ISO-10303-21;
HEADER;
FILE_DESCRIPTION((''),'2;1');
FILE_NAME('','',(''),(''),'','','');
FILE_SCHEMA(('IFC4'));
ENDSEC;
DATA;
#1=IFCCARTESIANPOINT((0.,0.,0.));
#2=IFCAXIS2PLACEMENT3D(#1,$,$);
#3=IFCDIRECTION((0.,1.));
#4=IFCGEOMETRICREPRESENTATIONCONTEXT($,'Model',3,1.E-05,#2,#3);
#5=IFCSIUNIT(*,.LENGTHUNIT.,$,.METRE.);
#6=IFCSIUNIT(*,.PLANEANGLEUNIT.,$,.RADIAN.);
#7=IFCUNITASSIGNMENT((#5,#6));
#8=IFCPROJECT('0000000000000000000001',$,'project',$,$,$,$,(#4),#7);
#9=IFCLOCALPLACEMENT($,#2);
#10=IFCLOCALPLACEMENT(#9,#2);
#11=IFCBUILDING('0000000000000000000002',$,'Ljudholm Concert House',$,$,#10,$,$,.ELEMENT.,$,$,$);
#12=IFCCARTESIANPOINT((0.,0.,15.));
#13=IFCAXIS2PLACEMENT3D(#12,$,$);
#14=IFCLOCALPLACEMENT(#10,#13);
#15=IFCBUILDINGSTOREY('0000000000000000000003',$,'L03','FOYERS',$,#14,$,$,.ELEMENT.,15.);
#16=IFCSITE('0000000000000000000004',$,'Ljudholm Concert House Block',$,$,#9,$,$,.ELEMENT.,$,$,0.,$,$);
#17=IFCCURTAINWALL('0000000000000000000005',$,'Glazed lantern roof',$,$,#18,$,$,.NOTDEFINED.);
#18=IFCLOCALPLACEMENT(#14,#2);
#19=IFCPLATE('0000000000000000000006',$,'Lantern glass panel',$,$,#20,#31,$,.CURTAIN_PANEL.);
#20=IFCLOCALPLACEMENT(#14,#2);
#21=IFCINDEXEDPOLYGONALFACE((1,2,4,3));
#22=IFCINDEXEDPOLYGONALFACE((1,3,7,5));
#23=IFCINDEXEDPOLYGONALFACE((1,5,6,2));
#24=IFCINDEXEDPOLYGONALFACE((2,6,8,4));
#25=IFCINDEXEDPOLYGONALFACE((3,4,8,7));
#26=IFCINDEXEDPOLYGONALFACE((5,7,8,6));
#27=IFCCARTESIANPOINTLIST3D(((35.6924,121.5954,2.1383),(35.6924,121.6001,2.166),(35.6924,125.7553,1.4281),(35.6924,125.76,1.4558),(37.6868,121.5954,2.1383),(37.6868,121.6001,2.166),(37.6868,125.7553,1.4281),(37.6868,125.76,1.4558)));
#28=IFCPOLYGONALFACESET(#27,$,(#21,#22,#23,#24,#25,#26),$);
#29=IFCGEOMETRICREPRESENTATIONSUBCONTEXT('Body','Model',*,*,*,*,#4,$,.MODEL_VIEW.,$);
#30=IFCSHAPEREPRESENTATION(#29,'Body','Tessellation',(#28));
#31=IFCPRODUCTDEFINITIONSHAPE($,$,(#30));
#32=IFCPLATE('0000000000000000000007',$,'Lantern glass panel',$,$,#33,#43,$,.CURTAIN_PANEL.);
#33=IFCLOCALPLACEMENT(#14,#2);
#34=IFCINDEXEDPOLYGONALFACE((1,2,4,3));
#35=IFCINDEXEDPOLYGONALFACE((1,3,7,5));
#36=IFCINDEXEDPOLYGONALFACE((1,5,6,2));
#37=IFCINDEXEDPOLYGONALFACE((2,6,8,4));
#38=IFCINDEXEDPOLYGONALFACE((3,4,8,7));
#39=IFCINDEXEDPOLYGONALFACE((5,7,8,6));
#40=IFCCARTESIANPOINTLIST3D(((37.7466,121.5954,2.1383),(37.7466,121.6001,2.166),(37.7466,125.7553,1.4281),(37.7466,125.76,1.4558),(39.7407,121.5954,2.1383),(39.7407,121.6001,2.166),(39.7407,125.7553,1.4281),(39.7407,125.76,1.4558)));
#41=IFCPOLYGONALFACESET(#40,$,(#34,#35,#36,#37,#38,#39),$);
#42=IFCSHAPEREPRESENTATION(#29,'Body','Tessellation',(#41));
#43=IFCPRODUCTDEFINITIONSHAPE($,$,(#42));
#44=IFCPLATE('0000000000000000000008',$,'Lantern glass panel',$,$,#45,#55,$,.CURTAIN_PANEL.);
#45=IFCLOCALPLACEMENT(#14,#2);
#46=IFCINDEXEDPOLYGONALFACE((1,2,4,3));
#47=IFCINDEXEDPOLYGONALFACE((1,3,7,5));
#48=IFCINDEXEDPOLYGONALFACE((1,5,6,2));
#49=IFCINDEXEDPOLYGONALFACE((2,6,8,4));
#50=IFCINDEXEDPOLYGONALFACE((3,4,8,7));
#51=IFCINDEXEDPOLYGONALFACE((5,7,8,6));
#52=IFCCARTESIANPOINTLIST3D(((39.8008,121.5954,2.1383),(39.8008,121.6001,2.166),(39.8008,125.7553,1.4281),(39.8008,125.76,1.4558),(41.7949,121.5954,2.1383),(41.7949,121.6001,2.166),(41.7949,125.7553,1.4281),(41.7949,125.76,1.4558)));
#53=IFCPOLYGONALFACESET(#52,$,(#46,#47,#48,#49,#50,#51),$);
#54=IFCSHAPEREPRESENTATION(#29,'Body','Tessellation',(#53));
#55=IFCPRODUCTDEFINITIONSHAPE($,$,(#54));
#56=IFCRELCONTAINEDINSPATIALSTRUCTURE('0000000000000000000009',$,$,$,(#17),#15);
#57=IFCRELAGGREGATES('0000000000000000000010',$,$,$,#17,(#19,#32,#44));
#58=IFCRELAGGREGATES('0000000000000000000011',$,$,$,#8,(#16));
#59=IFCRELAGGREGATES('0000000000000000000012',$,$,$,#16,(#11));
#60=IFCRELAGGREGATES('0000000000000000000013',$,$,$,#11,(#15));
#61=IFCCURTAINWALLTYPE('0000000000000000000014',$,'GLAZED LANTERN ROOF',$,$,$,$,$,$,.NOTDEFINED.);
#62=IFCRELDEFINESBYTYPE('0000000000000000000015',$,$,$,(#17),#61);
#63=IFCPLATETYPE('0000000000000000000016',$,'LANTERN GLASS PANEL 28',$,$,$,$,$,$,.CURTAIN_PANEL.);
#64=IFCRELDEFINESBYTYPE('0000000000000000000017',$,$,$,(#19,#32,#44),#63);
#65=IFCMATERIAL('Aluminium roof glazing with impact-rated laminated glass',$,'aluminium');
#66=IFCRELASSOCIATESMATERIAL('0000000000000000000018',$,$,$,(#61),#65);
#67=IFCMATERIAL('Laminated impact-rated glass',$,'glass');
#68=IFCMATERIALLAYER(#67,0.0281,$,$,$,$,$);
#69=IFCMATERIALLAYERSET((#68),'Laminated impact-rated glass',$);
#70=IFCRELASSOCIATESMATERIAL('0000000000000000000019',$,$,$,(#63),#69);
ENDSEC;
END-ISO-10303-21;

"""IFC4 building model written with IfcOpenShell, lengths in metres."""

from ifc_helpers import new_model, si_unit, direction, frame, origin, place, context, subcontext, project, spatial, polyline, outline, extrude, material, layer, layer_set, type_object, element, aggregate, save


model = new_model("IFC4")

# Units and contexts
model_context = context("Model", 3, precision=1e-05, world=origin(), true_north=direction((0.0, 1.0)))
body_context = subcontext(model_context, "Body", "Model", "MODEL_VIEW")
ifc_project = project(units=[si_unit("LENGTHUNIT", "METRE"), si_unit("PLANEANGLEUNIT", "RADIAN")], contexts=[model_context])

# Site, building, storey
site_placement = place(None, origin())
site = spatial("IfcSite", under=ifc_project, at=site_placement, Name="Ljudholm Concert House Block", CompositionType="ELEMENT", RefElevation=0.0)
building_placement = place(site_placement, origin())
building = spatial("IfcBuilding", under=site, at=building_placement, Name="Ljudholm Concert House", CompositionType="ELEMENT")
storey_placement = place(building_placement, frame((0.0, 0.0, 15.0)))
storey = spatial("IfcBuildingStorey", under=building, at=storey_placement, Name="L03", Description="FOYERS", CompositionType="ELEMENT", Elevation=15.0)

# Curtain wall
ifc_material_1 = material(Name="Aluminium roof glazing with impact-rated laminated glass", Category="aluminium")
curtain_wall_type = type_object("IfcCurtainWallType", Name="GLAZED LANTERN ROOF", PredefinedType="NOTDEFINED", material=ifc_material_1)
curtain_wall_placement = place(storey_placement, origin())
curtain_wall = element("IfcCurtainWall", 1, at=curtain_wall_placement, inside=storey, type_object=curtain_wall_type, Name="Glazed lantern roof", PredefinedType="NOTDEFINED")

# Plates
ifc_material_2 = material(Name="Laminated impact-rated glass", Category="glass")
ifc_layer = layer(ifc_material_2, 0.0281)
ifc_layer_set = layer_set([ifc_layer], Name="Laminated impact-rated glass")
plate_type = type_object("IfcPlateType", Name="LANTERN GLASS PANEL 28", PredefinedType="CURTAIN_PANEL", material=ifc_layer_set)
plate_1_placement = place(storey_placement, frame((35.6924, 121.6001, 2.166), z_axis=(0.0, 0.168291, 0.985737), x_axis=(1.0, 0.0, 0.0)))
plate_1 = element("IfcPlate", 2, at=plate_1_placement, type_object=plate_type, Name="Lantern glass panel", PredefinedType="CURTAIN_PANEL", context=body_context, shape_type="SweptSolid", body=[
    extrude(outline(polyline([(0.0, 0.0), (1.9944, 0.0), (1.9944, 4.2201), (0.0, 4.2201), (0.0, 0.0)])), origin(), (0.0, 0.0, -1.0), 0.0281),
])
plate_2_placement = place(storey_placement, frame((37.7466, 121.6001, 2.166), z_axis=(0.0, 0.168291, 0.985737), x_axis=(1.0, 0.0, 0.0)))
plate_2 = element("IfcPlate", 3, at=plate_2_placement, type_object=plate_type, Name="Lantern glass panel", PredefinedType="CURTAIN_PANEL", context=body_context, shape_type="SweptSolid", body=[
    extrude(outline(polyline([(0.0, 0.0), (1.9941, 0.0), (1.9941, 4.2201), (0.0, 4.2201), (0.0, 0.0)])), origin(), (0.0, 0.0, -1.0), 0.0281),
])
plate_3_placement = place(storey_placement, frame((39.8008, 121.6001, 2.166), z_axis=(0.0, 0.168291, 0.985737), x_axis=(1.0, 0.0, 0.0)))
plate_3 = element("IfcPlate", 4, at=plate_3_placement, type_object=plate_type, Name="Lantern glass panel", PredefinedType="CURTAIN_PANEL", context=body_context, shape_type="SweptSolid", body=[
    extrude(outline(polyline([(0.0, 0.0), (1.9941, 0.0), (1.9941, 4.2201), (0.0, 4.2201), (0.0, 0.0)])), origin(), (0.0, 0.0, -1.0), 0.0281),
])
aggregate(curtain_wall, [plate_1, plate_2, plate_3])

save(model, "model.ifc")
